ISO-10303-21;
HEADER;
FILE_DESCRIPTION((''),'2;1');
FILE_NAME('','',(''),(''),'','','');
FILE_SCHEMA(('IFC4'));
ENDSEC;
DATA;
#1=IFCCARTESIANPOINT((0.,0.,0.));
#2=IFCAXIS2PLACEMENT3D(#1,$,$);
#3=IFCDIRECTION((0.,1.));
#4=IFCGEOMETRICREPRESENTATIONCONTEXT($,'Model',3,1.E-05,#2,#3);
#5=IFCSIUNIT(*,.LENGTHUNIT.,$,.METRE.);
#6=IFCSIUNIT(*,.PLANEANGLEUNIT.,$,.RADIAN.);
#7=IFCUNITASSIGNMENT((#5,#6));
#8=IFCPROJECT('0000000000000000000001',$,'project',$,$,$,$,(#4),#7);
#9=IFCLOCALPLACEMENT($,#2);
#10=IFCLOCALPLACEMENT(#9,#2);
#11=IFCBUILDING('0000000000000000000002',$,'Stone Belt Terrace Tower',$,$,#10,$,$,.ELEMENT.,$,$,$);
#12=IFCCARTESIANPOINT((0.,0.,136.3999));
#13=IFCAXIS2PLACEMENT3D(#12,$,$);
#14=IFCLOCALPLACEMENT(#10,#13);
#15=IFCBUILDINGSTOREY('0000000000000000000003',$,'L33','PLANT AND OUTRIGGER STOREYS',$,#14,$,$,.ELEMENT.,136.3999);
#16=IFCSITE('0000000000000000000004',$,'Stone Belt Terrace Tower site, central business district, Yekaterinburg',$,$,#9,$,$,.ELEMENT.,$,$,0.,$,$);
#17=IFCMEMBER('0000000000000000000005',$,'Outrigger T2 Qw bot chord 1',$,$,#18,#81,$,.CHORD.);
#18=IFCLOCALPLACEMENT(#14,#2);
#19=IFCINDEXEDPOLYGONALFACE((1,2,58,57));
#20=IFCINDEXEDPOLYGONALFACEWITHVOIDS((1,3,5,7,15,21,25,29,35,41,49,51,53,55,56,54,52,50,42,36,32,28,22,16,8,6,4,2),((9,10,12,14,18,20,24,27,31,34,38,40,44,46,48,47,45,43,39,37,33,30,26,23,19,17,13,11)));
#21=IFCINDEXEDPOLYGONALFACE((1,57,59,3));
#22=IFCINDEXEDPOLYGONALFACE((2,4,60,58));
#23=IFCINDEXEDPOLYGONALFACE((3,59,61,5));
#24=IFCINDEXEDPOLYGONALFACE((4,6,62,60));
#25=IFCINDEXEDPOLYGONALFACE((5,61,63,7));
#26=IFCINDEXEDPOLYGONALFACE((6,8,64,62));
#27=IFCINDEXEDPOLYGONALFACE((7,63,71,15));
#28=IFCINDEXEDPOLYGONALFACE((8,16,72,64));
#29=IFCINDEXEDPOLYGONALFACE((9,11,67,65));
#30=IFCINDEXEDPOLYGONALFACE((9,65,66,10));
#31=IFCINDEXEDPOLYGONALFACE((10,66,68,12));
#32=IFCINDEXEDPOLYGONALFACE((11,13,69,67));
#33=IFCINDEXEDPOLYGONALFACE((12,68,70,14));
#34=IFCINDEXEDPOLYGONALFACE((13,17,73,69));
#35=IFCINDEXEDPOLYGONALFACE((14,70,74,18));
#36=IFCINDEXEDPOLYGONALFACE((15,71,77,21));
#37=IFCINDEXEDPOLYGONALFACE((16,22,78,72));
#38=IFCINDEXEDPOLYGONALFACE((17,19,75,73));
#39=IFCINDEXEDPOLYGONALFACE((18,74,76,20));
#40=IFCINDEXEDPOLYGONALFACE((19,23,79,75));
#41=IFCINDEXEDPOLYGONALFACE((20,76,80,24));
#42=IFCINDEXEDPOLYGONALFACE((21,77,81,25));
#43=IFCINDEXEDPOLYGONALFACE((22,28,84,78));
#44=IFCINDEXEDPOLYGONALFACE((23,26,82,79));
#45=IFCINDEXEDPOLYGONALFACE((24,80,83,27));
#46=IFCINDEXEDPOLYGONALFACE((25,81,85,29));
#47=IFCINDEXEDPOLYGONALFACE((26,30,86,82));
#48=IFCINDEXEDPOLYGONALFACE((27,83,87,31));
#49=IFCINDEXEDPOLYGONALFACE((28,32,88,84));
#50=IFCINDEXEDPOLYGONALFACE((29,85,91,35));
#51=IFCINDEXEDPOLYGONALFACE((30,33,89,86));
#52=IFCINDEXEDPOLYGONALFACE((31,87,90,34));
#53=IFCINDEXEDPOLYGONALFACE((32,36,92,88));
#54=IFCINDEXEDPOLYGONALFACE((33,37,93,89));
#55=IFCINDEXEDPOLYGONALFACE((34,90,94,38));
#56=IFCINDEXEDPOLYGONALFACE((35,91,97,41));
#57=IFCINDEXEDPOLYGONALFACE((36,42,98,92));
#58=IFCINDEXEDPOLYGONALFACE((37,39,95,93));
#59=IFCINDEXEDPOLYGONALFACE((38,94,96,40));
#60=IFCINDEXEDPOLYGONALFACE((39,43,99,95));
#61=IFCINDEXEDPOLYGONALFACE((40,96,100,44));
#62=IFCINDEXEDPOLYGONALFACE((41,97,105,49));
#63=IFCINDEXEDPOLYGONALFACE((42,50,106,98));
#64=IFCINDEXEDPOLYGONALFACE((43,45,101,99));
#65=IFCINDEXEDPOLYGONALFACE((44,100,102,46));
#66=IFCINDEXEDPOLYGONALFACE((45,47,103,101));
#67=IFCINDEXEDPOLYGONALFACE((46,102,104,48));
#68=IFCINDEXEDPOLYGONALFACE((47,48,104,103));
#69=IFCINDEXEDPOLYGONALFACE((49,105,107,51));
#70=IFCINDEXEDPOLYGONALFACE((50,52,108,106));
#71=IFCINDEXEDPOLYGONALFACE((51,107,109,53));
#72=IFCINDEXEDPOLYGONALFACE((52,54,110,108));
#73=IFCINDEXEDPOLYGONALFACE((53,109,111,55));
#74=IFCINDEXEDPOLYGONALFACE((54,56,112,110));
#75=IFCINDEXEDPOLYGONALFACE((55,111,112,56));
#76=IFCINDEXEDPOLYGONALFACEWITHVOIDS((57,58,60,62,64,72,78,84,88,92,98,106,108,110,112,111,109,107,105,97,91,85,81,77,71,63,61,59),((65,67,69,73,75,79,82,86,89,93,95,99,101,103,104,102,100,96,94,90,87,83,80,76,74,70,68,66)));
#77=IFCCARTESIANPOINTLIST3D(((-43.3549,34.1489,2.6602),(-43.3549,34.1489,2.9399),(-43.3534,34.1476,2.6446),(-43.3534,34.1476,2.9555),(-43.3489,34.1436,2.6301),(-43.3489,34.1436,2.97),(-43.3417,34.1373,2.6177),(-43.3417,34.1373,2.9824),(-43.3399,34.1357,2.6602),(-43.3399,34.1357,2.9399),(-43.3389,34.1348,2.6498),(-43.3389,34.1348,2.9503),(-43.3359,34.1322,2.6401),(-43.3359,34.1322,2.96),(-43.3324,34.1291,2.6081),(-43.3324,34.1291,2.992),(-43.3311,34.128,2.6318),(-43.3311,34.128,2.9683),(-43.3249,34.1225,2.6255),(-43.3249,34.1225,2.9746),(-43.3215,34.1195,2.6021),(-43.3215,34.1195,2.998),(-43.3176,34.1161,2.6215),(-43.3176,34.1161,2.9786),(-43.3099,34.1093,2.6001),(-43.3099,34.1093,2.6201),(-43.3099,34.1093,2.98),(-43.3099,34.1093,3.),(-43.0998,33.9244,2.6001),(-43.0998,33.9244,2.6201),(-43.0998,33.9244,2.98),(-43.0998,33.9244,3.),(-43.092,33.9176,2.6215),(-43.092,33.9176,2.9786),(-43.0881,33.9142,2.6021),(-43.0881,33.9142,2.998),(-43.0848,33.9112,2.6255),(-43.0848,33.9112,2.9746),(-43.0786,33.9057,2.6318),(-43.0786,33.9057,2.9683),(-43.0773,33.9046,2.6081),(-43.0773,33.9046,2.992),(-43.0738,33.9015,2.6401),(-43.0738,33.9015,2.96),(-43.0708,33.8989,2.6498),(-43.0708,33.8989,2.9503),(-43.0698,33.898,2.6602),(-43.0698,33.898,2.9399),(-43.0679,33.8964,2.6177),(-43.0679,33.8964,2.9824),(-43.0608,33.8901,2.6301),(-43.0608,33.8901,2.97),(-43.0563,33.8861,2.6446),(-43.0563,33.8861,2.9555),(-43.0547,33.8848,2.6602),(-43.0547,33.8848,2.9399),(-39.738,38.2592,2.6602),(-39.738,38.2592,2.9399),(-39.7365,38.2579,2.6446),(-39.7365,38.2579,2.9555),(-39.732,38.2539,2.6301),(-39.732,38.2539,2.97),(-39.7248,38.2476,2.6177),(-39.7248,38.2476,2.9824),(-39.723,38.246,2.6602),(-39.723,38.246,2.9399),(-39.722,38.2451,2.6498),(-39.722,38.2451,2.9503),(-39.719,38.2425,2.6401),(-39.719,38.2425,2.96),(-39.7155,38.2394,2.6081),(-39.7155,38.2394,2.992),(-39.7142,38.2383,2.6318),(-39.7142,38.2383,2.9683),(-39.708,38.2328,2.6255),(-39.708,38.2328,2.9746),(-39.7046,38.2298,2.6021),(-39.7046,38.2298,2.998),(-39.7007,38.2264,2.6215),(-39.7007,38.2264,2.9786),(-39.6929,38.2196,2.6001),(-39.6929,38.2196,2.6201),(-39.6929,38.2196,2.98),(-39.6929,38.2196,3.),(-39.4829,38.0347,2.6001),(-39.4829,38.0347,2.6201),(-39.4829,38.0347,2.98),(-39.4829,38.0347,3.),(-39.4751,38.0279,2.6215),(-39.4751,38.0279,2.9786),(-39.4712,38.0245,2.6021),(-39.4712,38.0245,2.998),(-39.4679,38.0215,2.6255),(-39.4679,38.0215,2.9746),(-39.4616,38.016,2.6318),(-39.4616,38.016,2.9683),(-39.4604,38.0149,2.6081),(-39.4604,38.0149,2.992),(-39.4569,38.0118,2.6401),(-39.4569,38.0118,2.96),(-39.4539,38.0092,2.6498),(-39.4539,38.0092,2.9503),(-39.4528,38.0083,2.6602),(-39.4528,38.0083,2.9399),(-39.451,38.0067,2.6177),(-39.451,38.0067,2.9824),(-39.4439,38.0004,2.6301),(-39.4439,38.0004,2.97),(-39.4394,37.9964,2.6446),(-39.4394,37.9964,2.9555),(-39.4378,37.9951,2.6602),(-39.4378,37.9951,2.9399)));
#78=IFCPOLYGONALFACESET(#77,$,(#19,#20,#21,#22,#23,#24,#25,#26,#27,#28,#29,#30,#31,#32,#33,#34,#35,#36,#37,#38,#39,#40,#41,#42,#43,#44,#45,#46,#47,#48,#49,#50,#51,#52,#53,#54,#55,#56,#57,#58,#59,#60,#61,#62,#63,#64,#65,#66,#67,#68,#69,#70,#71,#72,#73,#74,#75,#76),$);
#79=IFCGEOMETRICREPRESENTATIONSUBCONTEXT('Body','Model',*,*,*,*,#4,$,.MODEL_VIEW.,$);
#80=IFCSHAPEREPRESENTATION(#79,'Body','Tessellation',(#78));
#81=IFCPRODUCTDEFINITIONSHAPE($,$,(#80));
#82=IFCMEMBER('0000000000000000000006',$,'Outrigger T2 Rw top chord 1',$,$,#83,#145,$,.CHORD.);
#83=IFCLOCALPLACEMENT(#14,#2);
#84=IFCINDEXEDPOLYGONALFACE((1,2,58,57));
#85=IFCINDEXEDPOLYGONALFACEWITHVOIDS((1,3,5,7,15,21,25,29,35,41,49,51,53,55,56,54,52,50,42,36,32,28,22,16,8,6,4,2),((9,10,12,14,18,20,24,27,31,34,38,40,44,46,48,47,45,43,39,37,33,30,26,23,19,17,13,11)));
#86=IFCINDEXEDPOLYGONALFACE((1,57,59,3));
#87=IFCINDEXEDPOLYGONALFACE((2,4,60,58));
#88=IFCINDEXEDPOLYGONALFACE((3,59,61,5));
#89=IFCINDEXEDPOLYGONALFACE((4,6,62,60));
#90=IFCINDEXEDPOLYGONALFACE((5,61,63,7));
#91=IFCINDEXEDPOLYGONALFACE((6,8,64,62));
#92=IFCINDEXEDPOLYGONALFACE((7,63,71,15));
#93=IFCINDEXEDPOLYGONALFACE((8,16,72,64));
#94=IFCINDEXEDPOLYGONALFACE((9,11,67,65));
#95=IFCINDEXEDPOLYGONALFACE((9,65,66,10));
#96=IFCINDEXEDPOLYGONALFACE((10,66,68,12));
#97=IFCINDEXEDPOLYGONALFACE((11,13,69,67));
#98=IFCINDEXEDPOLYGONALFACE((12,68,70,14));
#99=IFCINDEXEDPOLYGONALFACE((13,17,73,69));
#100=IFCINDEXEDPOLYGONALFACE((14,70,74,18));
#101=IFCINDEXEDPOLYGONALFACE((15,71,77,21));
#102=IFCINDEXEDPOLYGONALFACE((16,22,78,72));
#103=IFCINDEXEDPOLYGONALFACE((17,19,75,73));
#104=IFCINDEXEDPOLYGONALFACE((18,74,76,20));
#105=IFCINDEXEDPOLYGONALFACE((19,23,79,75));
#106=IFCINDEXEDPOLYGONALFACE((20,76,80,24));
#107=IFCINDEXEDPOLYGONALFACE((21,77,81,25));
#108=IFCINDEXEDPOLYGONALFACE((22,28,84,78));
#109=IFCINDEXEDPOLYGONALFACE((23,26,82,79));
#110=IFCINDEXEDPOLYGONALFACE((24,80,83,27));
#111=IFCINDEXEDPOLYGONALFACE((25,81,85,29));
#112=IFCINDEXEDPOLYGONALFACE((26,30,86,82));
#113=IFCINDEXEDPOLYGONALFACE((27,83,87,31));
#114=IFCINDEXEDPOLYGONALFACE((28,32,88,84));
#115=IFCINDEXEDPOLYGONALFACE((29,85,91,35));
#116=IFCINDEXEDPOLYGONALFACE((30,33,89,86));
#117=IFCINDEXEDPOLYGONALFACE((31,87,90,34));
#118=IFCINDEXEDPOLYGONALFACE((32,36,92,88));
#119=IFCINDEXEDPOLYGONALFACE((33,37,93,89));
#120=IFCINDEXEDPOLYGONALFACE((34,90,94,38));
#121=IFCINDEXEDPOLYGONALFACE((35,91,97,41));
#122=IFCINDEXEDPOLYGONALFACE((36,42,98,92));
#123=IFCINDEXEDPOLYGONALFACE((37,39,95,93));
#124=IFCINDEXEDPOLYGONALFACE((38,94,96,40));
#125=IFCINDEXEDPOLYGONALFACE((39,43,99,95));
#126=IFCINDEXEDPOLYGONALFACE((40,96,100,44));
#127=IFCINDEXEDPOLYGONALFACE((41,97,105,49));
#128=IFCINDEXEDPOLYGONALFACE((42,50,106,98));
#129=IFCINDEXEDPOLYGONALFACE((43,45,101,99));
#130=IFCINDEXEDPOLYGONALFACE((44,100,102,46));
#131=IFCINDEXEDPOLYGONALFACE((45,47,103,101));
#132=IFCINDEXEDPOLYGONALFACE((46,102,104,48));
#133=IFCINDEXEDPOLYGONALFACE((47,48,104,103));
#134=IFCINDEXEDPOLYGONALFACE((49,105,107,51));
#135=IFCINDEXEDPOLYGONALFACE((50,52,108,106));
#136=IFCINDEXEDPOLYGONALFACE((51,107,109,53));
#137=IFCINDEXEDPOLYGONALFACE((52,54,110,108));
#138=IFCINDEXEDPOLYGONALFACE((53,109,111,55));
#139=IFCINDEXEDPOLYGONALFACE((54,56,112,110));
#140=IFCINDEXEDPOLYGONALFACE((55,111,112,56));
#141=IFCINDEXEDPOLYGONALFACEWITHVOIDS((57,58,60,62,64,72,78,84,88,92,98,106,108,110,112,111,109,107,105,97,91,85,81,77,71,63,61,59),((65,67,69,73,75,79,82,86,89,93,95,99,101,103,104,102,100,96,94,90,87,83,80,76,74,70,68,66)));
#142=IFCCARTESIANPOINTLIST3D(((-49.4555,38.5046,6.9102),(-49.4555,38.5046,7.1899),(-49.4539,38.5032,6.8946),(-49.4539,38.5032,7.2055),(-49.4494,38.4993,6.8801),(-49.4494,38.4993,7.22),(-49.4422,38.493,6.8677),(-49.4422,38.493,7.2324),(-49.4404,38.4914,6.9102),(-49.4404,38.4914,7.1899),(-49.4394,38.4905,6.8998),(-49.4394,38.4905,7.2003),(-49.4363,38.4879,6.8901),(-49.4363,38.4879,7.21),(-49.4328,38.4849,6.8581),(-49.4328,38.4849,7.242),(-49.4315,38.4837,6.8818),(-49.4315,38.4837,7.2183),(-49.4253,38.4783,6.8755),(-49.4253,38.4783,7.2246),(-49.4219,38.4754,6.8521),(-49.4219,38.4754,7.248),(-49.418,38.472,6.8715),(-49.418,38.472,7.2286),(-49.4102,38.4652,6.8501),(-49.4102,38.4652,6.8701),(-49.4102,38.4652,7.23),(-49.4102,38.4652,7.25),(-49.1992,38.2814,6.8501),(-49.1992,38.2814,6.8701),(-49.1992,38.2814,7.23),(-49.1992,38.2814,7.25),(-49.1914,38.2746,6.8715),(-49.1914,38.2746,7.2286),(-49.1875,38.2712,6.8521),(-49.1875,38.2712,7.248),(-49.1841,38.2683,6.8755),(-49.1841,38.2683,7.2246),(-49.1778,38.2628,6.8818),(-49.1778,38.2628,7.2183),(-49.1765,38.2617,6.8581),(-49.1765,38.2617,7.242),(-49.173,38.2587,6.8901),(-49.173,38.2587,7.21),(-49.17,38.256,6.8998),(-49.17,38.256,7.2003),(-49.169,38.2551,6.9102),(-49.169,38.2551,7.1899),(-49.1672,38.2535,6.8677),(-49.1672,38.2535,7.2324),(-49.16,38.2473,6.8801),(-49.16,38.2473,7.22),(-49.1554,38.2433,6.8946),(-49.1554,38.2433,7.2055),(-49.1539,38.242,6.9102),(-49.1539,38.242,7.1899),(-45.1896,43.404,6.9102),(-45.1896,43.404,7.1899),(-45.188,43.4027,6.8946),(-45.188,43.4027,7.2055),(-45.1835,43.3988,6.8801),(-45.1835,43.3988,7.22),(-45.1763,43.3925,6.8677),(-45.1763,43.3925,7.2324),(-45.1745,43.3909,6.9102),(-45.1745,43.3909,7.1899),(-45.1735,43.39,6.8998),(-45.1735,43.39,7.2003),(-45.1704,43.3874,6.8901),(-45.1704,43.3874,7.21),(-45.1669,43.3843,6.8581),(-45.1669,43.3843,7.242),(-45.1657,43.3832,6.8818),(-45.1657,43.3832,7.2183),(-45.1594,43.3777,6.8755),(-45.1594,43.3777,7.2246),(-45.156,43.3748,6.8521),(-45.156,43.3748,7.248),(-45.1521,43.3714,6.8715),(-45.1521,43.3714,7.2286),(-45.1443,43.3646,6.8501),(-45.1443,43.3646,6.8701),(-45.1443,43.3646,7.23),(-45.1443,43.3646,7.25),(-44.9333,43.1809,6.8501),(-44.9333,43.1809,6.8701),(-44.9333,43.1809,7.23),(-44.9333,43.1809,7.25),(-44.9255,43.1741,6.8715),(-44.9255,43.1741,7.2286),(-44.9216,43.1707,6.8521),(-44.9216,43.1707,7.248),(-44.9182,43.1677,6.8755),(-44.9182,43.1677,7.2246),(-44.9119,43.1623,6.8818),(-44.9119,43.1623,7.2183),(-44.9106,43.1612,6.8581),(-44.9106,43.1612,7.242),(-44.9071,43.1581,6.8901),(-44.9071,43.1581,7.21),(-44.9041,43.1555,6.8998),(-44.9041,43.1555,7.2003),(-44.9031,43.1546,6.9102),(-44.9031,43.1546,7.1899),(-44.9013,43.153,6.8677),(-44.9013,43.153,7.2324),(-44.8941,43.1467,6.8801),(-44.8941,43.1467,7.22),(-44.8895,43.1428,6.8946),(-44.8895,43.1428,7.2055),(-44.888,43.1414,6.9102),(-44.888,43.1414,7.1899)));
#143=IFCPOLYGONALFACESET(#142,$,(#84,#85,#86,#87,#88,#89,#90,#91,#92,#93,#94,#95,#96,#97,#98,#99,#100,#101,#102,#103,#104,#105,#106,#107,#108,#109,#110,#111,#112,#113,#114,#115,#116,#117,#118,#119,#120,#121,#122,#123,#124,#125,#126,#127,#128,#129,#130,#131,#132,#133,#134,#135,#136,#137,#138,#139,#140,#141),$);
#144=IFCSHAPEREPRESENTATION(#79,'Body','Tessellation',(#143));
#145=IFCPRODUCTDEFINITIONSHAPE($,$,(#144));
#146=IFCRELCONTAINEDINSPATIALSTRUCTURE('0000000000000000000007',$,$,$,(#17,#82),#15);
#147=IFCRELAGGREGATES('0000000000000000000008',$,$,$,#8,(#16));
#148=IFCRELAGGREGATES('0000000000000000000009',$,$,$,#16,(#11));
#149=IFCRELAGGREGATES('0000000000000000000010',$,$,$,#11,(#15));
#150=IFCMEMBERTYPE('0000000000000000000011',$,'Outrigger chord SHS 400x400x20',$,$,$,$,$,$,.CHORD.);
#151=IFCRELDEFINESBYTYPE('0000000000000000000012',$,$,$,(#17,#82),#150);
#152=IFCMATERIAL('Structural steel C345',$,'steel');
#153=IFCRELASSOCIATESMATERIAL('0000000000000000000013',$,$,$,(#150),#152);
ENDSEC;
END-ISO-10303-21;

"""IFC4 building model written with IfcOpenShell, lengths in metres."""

from ifc_helpers import new_model, si_unit, direction, frame, origin, origin_2d, place, context, subcontext, project, spatial, hollow_rectangle, extrude, material, material_profile, profile_set, type_object, element, save


model = new_model("IFC4")

# Units and contexts
model_context = context("Model", 3, precision=1e-05, world=origin(), true_north=direction((0.0, 1.0)))
body_context = subcontext(model_context, "Body", "Model", "MODEL_VIEW")
ifc_project = project(units=[si_unit("LENGTHUNIT", "METRE"), si_unit("PLANEANGLEUNIT", "RADIAN")], contexts=[model_context])

# Site, building, storey
site_placement = place(None, origin())
site = spatial("IfcSite", under=ifc_project, at=site_placement, Name="Stone Belt Terrace Tower site, central business district, Yekaterinburg", CompositionType="ELEMENT", RefElevation=0.0)
building_placement = place(site_placement, origin())
building = spatial("IfcBuilding", under=site, at=building_placement, Name="Stone Belt Terrace Tower", CompositionType="ELEMENT")
storey_placement = place(building_placement, frame((0.0, 0.0, 136.3999)))
storey = spatial("IfcBuildingStorey", under=building, at=storey_placement, Name="L33", Description="PLANT AND OUTRIGGER STOREYS", CompositionType="ELEMENT", Elevation=136.3999)

# Members
ifc_material_1 = material(Name="Structural steel C345", Category="steel")
ifc_material_profile_1 = material_profile(ifc_material_1, hollow_rectangle(XDim=0.3999, YDim=0.3999, WallThickness=0.02, InnerFilletRadius=0.04, OuterFilletRadius=0.0601, at=origin_2d()), Name="SHS 400x400x20")
ifc_profile_set_1 = profile_set([ifc_material_profile_1], Name="Structural steel C345")
member_type_1 = type_object("IfcMemberType", Name="Outrigger chord SHS 400x400x20", PredefinedType="CHORD", material=ifc_profile_set_1)
for number, where, z_axis, x_axis, name in (
    (1, (-43.2048, 34.0168, 2.8), (0.660611, 0.750729, 0.0), (-0.750729, 0.660611, 0.0), "Outrigger T2 Qw bot chord 1"),
):
    element("IfcMember", number, at=place(storey_placement, frame(where, z_axis=z_axis, x_axis=x_axis)), inside=storey, type_object=member_type_1, Name=name, PredefinedType="CHORD", context=body_context, shape_type="SweptSolid", body=[
        extrude(hollow_rectangle(XDim=0.3999, YDim=0.3999, WallThickness=0.02, InnerFilletRadius=0.04, OuterFilletRadius=0.0601, at=origin_2d()), origin(), (0.0, 0.0, 1.0), 5.4751),
    ])
for number, where, z_axis, x_axis, name in (
    (2, (-49.3047, 38.3733, 7.05), (0.656661, 0.754185, 0.0), (-0.754185, 0.656661, 0.0), "Outrigger T2 Rw top chord 1"),
):
    element("IfcMember", number, at=place(storey_placement, frame(where, z_axis=z_axis, x_axis=x_axis)), inside=storey, type_object=member_type_1, Name=name, PredefinedType="CHORD", context=body_context, shape_type="SweptSolid", body=[
        extrude(hollow_rectangle(XDim=0.3999, YDim=0.3999, WallThickness=0.02, InnerFilletRadius=0.04, OuterFilletRadius=0.0601, at=origin_2d()), origin(), (0.0, 0.0, 1.0), 6.4963),
    ])

save(model, "model.ifc")
